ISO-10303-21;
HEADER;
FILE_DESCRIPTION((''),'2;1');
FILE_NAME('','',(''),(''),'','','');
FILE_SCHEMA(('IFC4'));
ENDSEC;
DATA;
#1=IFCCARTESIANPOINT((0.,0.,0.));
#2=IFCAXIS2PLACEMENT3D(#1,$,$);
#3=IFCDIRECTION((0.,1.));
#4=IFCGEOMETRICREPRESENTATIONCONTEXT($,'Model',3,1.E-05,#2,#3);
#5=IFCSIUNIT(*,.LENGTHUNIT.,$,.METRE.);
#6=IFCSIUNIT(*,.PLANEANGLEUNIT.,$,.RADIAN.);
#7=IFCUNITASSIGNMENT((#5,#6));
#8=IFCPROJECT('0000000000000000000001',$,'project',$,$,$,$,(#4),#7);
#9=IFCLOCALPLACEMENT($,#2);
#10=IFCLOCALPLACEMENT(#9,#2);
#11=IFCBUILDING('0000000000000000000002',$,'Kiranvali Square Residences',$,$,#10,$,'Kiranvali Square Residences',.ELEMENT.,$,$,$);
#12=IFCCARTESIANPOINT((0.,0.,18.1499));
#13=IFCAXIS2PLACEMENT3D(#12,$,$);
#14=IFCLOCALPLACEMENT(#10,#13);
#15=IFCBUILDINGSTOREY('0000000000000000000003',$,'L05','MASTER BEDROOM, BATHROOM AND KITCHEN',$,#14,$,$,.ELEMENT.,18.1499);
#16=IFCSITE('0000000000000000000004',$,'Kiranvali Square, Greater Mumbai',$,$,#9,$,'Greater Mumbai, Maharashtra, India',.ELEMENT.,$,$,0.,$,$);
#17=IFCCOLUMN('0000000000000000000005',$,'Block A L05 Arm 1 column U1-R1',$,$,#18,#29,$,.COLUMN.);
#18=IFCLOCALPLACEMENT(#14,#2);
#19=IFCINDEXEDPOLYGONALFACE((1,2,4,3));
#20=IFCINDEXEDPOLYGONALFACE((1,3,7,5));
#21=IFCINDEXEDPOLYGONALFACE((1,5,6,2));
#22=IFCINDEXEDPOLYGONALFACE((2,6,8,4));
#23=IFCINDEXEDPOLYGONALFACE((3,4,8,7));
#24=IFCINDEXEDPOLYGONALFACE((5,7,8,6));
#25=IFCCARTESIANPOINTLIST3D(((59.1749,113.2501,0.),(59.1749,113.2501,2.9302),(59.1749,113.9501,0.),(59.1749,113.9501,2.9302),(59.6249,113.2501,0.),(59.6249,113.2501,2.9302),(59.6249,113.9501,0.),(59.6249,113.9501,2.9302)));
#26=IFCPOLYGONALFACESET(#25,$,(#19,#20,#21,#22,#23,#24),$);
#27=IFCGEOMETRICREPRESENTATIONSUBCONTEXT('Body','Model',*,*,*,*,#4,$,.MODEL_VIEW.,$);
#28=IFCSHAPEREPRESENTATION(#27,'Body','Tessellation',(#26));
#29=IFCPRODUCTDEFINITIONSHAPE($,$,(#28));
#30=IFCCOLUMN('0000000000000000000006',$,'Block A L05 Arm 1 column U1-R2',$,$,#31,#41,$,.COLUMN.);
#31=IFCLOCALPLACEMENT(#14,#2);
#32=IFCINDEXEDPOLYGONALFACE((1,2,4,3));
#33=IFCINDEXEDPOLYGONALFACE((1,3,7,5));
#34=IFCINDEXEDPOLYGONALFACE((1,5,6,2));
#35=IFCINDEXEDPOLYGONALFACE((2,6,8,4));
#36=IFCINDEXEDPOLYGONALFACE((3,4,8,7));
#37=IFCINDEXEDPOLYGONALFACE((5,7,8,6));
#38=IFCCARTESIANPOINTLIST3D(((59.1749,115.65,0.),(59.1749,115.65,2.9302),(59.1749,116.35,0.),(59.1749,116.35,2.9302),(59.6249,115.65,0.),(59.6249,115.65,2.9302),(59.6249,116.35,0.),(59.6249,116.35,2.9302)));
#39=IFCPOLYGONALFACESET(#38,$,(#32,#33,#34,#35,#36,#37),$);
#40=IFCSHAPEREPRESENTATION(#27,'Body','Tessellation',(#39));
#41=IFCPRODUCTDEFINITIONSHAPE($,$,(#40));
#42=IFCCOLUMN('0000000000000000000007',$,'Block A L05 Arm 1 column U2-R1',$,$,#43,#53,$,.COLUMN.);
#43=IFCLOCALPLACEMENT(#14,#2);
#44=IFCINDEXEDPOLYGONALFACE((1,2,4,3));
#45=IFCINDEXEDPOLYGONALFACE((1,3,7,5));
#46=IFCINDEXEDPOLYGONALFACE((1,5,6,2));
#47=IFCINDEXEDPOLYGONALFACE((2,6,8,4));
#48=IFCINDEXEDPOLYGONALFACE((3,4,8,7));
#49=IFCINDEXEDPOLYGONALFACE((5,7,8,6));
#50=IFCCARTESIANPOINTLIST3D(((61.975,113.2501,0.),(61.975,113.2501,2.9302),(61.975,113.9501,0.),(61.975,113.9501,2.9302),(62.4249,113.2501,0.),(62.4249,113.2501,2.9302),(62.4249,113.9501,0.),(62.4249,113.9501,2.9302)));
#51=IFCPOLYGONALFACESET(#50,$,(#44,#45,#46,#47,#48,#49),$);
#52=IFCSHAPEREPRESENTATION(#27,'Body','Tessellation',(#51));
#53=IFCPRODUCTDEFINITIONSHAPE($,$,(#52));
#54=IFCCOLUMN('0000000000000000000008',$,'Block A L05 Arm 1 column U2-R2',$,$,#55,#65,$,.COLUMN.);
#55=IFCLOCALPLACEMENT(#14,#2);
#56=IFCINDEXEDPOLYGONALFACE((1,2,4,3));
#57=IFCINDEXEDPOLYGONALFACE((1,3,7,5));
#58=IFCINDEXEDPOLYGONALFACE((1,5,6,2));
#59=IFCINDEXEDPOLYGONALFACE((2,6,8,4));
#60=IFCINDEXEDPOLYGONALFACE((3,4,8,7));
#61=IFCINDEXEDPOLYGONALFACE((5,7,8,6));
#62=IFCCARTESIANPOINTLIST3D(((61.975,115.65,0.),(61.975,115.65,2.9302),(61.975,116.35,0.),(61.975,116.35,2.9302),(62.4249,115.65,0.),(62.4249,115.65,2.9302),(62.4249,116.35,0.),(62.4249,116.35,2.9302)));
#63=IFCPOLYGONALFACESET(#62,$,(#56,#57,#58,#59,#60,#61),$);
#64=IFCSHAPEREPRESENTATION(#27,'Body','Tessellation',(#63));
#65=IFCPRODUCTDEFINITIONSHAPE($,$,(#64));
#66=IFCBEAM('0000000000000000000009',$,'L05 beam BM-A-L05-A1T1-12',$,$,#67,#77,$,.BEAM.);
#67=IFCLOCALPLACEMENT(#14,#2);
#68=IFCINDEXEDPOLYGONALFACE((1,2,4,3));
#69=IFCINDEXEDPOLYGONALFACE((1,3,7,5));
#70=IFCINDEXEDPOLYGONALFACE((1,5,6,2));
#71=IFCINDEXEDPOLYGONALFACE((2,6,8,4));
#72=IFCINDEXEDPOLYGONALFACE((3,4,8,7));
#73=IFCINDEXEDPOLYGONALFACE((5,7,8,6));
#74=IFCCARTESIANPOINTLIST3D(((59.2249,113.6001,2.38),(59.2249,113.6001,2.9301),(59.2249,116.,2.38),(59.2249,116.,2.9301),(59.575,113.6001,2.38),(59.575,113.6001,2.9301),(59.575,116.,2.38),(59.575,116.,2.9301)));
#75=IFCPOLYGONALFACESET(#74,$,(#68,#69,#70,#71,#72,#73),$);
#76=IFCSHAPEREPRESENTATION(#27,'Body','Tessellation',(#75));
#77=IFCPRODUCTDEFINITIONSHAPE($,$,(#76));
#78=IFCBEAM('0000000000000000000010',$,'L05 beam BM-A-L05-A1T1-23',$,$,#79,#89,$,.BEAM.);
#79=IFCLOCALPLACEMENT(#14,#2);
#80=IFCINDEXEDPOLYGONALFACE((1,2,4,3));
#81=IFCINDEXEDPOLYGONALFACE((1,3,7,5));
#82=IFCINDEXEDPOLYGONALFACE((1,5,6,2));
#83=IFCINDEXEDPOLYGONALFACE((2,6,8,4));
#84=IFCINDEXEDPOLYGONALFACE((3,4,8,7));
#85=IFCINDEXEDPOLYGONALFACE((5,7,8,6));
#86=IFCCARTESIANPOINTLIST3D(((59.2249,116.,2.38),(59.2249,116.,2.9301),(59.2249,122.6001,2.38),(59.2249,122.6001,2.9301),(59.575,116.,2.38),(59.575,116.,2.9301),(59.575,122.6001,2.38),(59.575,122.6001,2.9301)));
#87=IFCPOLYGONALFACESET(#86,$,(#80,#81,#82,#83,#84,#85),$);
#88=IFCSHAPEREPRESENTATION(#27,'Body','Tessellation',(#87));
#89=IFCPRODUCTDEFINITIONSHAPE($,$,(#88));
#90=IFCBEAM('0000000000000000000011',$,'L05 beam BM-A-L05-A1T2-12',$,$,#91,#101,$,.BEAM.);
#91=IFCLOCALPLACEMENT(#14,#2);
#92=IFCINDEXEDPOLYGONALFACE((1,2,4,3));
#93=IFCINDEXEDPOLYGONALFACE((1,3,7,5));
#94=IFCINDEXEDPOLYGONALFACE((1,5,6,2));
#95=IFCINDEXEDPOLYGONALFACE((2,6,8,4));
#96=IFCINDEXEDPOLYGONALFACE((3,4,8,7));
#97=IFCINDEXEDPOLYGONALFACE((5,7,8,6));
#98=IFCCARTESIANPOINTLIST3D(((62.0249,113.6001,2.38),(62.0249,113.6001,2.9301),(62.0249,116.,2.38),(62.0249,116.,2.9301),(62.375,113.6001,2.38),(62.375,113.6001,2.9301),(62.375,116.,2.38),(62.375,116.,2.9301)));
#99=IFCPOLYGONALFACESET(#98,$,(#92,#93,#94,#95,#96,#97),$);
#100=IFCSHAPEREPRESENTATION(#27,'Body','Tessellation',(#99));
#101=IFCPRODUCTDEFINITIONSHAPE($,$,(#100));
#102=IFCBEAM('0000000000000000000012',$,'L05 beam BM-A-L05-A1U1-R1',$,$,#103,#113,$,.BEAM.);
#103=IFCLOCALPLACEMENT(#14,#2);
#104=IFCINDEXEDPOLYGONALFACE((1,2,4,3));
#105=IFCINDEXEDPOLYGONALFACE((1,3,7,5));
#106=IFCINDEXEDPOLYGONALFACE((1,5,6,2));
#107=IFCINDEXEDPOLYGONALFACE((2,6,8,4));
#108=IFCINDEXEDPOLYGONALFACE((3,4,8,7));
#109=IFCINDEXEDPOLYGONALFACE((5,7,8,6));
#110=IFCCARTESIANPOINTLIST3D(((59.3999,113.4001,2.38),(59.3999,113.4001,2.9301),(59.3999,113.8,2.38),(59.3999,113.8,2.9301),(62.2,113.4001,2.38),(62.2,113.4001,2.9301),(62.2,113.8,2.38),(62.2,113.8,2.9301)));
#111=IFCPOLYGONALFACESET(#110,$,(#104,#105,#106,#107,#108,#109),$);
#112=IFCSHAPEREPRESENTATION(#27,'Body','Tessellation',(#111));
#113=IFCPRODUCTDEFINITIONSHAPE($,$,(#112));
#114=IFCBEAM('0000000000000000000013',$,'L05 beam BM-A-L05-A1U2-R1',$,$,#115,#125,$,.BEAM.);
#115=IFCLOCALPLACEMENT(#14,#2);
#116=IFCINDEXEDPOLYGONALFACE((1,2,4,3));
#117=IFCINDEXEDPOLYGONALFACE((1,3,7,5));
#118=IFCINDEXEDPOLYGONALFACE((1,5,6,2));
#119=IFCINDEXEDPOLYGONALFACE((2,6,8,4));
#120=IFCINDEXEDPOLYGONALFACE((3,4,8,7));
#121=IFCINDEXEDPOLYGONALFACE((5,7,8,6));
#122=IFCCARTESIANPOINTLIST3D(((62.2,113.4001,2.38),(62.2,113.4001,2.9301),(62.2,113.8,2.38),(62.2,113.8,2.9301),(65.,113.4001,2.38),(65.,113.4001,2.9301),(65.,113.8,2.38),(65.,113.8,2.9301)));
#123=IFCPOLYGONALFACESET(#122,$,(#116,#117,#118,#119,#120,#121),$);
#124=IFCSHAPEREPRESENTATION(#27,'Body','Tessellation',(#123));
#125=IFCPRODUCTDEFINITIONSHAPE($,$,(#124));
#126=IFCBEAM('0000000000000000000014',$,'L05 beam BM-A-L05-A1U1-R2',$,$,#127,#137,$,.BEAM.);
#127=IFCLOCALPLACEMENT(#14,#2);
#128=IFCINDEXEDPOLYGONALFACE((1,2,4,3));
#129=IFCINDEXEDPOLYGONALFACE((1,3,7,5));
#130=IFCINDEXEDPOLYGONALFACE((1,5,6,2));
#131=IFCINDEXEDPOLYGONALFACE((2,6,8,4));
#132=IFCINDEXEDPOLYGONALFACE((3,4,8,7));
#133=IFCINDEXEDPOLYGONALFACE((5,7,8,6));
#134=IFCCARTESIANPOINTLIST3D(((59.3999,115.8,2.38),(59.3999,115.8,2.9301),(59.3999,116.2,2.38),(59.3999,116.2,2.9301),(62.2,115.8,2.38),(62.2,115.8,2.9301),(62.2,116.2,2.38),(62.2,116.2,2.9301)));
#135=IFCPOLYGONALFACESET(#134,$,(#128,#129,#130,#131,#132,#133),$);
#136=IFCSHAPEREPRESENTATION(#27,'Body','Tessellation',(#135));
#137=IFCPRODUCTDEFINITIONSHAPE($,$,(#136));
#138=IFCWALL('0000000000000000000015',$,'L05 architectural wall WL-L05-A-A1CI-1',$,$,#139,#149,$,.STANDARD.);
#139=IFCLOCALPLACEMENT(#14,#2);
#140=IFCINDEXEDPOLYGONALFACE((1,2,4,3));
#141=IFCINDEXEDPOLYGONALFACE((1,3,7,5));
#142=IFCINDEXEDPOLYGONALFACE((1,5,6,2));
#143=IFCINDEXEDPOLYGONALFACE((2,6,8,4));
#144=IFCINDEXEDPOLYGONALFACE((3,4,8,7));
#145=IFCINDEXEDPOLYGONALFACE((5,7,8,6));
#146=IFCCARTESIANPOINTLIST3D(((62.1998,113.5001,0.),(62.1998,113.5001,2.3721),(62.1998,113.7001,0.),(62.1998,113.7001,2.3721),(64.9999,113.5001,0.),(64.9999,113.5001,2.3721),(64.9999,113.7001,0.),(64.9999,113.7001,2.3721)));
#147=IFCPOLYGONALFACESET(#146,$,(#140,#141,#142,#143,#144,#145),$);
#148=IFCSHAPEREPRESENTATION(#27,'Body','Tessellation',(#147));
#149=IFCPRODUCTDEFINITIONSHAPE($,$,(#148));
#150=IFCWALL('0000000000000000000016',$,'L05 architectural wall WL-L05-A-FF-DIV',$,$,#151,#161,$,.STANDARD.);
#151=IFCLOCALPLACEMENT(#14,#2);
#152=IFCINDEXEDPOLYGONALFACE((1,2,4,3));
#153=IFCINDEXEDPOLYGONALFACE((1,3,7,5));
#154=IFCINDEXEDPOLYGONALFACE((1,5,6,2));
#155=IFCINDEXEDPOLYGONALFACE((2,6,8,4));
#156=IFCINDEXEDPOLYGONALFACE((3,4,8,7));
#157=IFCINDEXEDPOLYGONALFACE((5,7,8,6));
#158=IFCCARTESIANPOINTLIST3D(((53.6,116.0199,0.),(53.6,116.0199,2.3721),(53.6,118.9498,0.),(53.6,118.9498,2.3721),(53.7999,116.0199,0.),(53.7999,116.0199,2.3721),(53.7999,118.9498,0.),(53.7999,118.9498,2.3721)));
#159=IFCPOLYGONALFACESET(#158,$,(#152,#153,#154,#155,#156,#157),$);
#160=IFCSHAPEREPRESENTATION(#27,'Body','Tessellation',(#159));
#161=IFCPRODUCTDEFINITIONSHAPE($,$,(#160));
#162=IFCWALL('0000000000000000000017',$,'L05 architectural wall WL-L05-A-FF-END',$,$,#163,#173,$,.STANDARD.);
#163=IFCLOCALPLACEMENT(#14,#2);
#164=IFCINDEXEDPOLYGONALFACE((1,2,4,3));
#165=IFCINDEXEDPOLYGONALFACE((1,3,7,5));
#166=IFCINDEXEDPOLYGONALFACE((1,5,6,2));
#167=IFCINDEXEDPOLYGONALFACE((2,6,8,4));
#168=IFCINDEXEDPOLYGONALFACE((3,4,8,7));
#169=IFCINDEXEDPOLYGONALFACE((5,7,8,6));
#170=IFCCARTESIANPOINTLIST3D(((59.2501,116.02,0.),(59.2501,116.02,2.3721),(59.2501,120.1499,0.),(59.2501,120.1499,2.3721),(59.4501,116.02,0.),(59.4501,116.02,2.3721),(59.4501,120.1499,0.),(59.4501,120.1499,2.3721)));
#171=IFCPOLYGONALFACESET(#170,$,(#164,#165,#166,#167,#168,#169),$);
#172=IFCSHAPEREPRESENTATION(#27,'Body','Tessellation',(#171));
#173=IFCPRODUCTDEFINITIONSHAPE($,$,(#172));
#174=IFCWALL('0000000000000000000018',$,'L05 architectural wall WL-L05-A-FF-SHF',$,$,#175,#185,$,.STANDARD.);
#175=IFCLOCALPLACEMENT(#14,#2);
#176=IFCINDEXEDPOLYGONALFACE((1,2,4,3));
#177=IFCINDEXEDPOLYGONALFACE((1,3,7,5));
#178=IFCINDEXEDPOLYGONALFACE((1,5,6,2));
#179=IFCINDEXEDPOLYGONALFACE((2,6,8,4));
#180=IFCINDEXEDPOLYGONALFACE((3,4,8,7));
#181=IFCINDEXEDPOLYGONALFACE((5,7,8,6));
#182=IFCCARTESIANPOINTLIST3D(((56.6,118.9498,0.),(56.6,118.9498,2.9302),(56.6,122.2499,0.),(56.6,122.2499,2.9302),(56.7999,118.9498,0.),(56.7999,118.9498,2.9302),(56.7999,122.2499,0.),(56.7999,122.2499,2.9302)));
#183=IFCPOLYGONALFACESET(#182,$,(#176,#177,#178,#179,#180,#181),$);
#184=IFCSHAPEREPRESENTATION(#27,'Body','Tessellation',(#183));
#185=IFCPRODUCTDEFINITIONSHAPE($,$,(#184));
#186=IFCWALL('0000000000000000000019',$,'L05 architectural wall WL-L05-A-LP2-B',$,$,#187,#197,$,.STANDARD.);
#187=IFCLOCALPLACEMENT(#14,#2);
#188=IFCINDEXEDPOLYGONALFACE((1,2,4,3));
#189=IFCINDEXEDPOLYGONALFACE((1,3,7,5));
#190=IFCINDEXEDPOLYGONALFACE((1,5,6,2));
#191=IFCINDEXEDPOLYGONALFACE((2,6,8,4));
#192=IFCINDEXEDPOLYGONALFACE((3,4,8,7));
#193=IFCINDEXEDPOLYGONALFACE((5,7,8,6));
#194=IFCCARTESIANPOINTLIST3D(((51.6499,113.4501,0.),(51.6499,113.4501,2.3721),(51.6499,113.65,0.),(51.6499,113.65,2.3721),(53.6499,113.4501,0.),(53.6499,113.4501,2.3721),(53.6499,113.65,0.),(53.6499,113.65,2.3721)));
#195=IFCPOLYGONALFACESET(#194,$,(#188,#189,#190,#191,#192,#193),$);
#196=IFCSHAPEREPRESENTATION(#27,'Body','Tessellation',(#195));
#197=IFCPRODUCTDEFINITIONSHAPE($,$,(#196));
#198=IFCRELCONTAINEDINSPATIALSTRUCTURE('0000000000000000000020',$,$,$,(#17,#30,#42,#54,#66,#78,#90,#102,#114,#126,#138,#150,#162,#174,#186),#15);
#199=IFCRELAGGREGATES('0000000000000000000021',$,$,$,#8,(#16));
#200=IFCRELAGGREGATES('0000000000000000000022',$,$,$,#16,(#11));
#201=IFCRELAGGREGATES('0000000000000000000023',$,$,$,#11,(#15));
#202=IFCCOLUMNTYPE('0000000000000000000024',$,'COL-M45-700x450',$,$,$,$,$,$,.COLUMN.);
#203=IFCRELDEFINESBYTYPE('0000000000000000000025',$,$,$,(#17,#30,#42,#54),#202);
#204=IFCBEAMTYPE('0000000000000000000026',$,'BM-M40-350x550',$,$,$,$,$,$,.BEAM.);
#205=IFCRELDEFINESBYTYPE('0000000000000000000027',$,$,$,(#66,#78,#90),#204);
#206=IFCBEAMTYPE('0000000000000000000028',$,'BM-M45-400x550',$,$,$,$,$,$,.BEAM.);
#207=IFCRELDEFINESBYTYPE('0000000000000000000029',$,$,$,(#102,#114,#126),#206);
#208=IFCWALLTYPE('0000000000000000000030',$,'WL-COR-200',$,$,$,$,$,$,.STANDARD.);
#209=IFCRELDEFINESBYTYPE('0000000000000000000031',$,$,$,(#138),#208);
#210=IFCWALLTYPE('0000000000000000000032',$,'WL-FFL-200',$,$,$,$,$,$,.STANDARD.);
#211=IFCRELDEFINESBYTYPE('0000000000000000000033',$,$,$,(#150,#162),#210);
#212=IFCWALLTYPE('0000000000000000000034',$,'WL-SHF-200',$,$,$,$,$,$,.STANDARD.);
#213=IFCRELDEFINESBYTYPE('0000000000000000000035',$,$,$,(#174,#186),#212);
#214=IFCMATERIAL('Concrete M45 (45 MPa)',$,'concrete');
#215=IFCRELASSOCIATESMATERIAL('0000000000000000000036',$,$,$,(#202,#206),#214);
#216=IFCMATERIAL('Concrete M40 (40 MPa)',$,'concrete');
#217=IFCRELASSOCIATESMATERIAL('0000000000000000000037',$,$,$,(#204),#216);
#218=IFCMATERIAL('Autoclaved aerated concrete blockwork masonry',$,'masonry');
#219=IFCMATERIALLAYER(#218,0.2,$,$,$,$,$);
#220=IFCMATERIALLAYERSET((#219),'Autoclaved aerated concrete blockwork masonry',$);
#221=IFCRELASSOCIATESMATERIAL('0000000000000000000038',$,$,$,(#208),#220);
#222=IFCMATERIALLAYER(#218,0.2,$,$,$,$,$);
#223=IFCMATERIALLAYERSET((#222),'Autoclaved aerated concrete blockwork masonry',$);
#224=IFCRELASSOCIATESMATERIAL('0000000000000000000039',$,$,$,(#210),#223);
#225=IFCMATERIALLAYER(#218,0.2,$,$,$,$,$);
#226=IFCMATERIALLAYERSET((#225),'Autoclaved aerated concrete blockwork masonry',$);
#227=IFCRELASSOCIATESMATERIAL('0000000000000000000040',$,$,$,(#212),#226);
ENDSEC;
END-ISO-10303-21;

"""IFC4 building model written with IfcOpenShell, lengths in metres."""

from ifc_helpers import new_model, si_unit, direction, frame, frame_2d, origin, origin_2d, place, context, subcontext, project, spatial, rectangle, extrude, material, layer, layer_set, material_profile, profile_set, type_object, element, save


model = new_model("IFC4")

# Units and contexts
model_context = context("Model", 3, precision=1e-05, world=origin(), true_north=direction((0.0, 1.0)))
body_context = subcontext(model_context, "Body", "Model", "MODEL_VIEW")
ifc_project = project(units=[si_unit("LENGTHUNIT", "METRE"), si_unit("PLANEANGLEUNIT", "RADIAN")], contexts=[model_context])

# Site, building, storey
site_placement = place(None, origin())
site = spatial("IfcSite", under=ifc_project, at=site_placement, Name="Kiranvali Square, Greater Mumbai", LongName="Greater Mumbai, Maharashtra, India", CompositionType="ELEMENT", RefElevation=0.0)
building_placement = place(site_placement, origin())
building = spatial("IfcBuilding", under=site, at=building_placement, Name="Kiranvali Square Residences", LongName="Kiranvali Square Residences", CompositionType="ELEMENT")
storey_placement = place(building_placement, frame((0.0, 0.0, 18.1499)))
storey = spatial("IfcBuildingStorey", under=building, at=storey_placement, Name="L05", Description="MASTER BEDROOM, BATHROOM AND KITCHEN", CompositionType="ELEMENT", Elevation=18.1499)

# Columns
ifc_material_1 = material(Name="Concrete M45 (45 MPa)", Category="concrete")
ifc_material_profile_1 = material_profile(ifc_material_1, rectangle(XDim=0.45, YDim=0.7, at=origin_2d()), Name="RC 700x450")
ifc_profile_set_1 = profile_set([ifc_material_profile_1], Name="Concrete M45 (45 MPa)")
column_type = type_object("IfcColumnType", Name="COL-M45-700x450", PredefinedType="COLUMN", material=ifc_profile_set_1)
for number, where, z_axis, x_axis, name in (
    (1, (59.3999, 113.6001, 0.0), (0.0, 0.0, 1.0), (1.0, 0.0, 0.0), "Block A L05 Arm 1 column U1-R1"),
    (2, (59.3999, 116.0, 0.0), (0.0, 0.0, 1.0), (1.0, 0.0, 0.0), "Block A L05 Arm 1 column U1-R2"),
    (3, (62.2, 113.6001, 0.0), (0.0, 0.0, 1.0), (1.0, 0.0, 0.0), "Block A L05 Arm 1 column U2-R1"),
    (4, (62.2, 116.0, 0.0), (0.0, 0.0, 1.0), (1.0, 0.0, 0.0), "Block A L05 Arm 1 column U2-R2"),
):
    element("IfcColumn", number, at=place(storey_placement, frame(where, z_axis=z_axis, x_axis=x_axis)), inside=storey, type_object=column_type, Name=name, PredefinedType="COLUMN", context=body_context, shape_type="SweptSolid", body=[
        extrude(rectangle(XDim=0.45, YDim=0.7, at=origin_2d()), origin(), (0.0, 0.0, 1.0), 2.9302),
    ])

# Beams
ifc_material_2 = material(Name="Concrete M40 (40 MPa)", Category="concrete")
ifc_material_profile_2 = material_profile(ifc_material_2, rectangle(XDim=0.3501, YDim=0.55, at=origin_2d()), Name="RC 350x550")
ifc_profile_set_2 = profile_set([ifc_material_profile_2], Name="Concrete M40 (40 MPa)")
beam_type_1 = type_object("IfcBeamType", Name="BM-M40-350x550", PredefinedType="BEAM", material=ifc_profile_set_2)
beam_1_placement = place(storey_placement, frame((59.3999, 113.6001, 2.655), z_axis=(0.0, 1.0, 0.0), x_axis=(-1.0, 0.0, 0.0)))
element("IfcBeam", 5, at=beam_1_placement, inside=storey, type_object=beam_type_1, Name="L05 beam BM-A-L05-A1T1-12", PredefinedType="BEAM", context=body_context, shape_type="SweptSolid", body=[
    extrude(rectangle(XDim=0.3501, YDim=0.55, at=origin_2d()), origin(), (0.0, 0.0, 1.0), 2.3999),
])
beam_2_placement = place(storey_placement, frame((59.3999, 116.0, 2.655), z_axis=(0.0, 1.0, 0.0), x_axis=(-1.0, 0.0, 0.0)))
element("IfcBeam", 6, at=beam_2_placement, inside=storey, type_object=beam_type_1, Name="L05 beam BM-A-L05-A1T1-23", PredefinedType="BEAM", context=body_context, shape_type="SweptSolid", body=[
    extrude(rectangle(XDim=0.3501, YDim=0.55, at=origin_2d()), origin(), (0.0, 0.0, 1.0), 6.6001),
])
beam_3_placement = place(storey_placement, frame((62.2, 113.6001, 2.655), z_axis=(0.0, 1.0, 0.0), x_axis=(-1.0, 0.0, 0.0)))
element("IfcBeam", 7, at=beam_3_placement, inside=storey, type_object=beam_type_1, Name="L05 beam BM-A-L05-A1T2-12", PredefinedType="BEAM", context=body_context, shape_type="SweptSolid", body=[
    extrude(rectangle(XDim=0.3501, YDim=0.55, at=origin_2d()), origin(), (0.0, 0.0, 1.0), 2.3999),
])
ifc_material_profile_3 = material_profile(ifc_material_1, rectangle(XDim=0.3999, YDim=0.55, at=origin_2d()), Name="RC 400x550")
ifc_profile_set_3 = profile_set([ifc_material_profile_3], Name="Concrete M45 (45 MPa)")
beam_type_2 = type_object("IfcBeamType", Name="BM-M45-400x550", PredefinedType="BEAM", material=ifc_profile_set_3)
for number, where, z_axis, x_axis, name in (
    (8, (59.3999, 113.6001, 2.655), (1.0, 0.0, 0.0), (0.0, 1.0, 0.0), "L05 beam BM-A-L05-A1U1-R1"),
    (9, (62.2, 113.6001, 2.655), (1.0, 0.0, 0.0), (0.0, 1.0, 0.0), "L05 beam BM-A-L05-A1U2-R1"),
    (10, (59.3999, 116.0, 2.655), (1.0, 0.0, 0.0), (0.0, 1.0, 0.0), "L05 beam BM-A-L05-A1U1-R2"),
):
    element("IfcBeam", number, at=place(storey_placement, frame(where, z_axis=z_axis, x_axis=x_axis)), inside=storey, type_object=beam_type_2, Name=name, PredefinedType="BEAM", context=body_context, shape_type="SweptSolid", body=[
        extrude(rectangle(XDim=0.3999, YDim=0.55, at=origin_2d()), origin(), (0.0, 0.0, 1.0), 2.8),
    ])

# Shared definitions
ifc_material_3 = material(Name="Autoclaved aerated concrete blockwork masonry", Category="masonry")
ifc_layer_1 = layer(ifc_material_3, 0.2)
ifc_layer_set_1 = layer_set([ifc_layer_1], Name="Autoclaved aerated concrete blockwork masonry")
wall_type_1 = type_object("IfcWallType", Name="WL-COR-200", PredefinedType="STANDARD", material=ifc_layer_set_1)

# Wall
wall_1_placement = place(storey_placement, frame((62.2, 113.6001, 0.0), z_axis=(0.0, 0.0, 1.0), x_axis=(1.0, 0.0, 0.0)))
element("IfcWall", 11, at=wall_1_placement, inside=storey, type_object=wall_type_1, Name="L05 architectural wall WL-L05-A-A1CI-1", PredefinedType="STANDARD", context=body_context, shape_type="SweptSolid", body=[
    extrude(rectangle(XDim=2.8, YDim=0.2, at=frame_2d((1.3999, 0.0))), origin(), (0.0, 0.0, 1.0), 2.3721),
])

# Shared definitions
ifc_layer_2 = layer(ifc_material_3, 0.2)
ifc_layer_set_2 = layer_set([ifc_layer_2], Name="Autoclaved aerated concrete blockwork masonry")
wall_type_2 = type_object("IfcWallType", Name="WL-FFL-200", PredefinedType="STANDARD", material=ifc_layer_set_2)

# Walls
wall_2_placement = place(storey_placement, frame((53.7, 116.02, 0.0), z_axis=(0.0, 0.0, 1.0), x_axis=(0.0, 1.0, 0.0)))
element("IfcWall", 12, at=wall_2_placement, inside=storey, type_object=wall_type_2, Name="L05 architectural wall WL-L05-A-FF-DIV", PredefinedType="STANDARD", context=body_context, shape_type="SweptSolid", body=[
    extrude(rectangle(XDim=2.9299, YDim=0.2, at=frame_2d((1.4648, 0.0))), origin(), (0.0, 0.0, 1.0), 2.3721),
])
wall_3_placement = place(storey_placement, frame((59.3501, 116.02, 0.0), z_axis=(0.0, 0.0, 1.0), x_axis=(0.0, 1.0, 0.0)))
element("IfcWall", 13, at=wall_3_placement, inside=storey, type_object=wall_type_2, Name="L05 architectural wall WL-L05-A-FF-END", PredefinedType="STANDARD", context=body_context, shape_type="SweptSolid", body=[
    extrude(rectangle(XDim=4.1299, YDim=0.2, at=frame_2d((2.0649, 0.0))), origin(), (0.0, 0.0, 1.0), 2.3721),
])
ifc_layer_3 = layer(ifc_material_3, 0.2)
ifc_layer_set_3 = layer_set([ifc_layer_3], Name="Autoclaved aerated concrete blockwork masonry")
wall_type_3 = type_object("IfcWallType", Name="WL-SHF-200", PredefinedType="STANDARD", material=ifc_layer_set_3)
wall_4_placement = place(storey_placement, frame((56.7, 118.95, 0.0), z_axis=(0.0, 0.0, 1.0), x_axis=(0.0, 1.0, 0.0)))
element("IfcWall", 14, at=wall_4_placement, inside=storey, type_object=wall_type_3, Name="L05 architectural wall WL-L05-A-FF-SHF", PredefinedType="STANDARD", context=body_context, shape_type="SweptSolid", body=[
    extrude(rectangle(XDim=3.3, YDim=0.2, at=frame_2d((1.6499, 0.0))), origin(), (0.0, 0.0, 1.0), 2.9302),
])
wall_5_placement = place(storey_placement, frame((51.6499, 113.55, 0.0), z_axis=(0.0, 0.0, 1.0), x_axis=(1.0, 0.0, 0.0)))
element("IfcWall", 15, at=wall_5_placement, inside=storey, type_object=wall_type_3, Name="L05 architectural wall WL-L05-A-LP2-B", PredefinedType="STANDARD", context=body_context, shape_type="SweptSolid", body=[
    extrude(rectangle(XDim=2.0, YDim=0.2, at=frame_2d((1.0, 0.0))), origin(), (0.0, 0.0, 1.0), 2.3721),
])

save(model, "model.ifc")
